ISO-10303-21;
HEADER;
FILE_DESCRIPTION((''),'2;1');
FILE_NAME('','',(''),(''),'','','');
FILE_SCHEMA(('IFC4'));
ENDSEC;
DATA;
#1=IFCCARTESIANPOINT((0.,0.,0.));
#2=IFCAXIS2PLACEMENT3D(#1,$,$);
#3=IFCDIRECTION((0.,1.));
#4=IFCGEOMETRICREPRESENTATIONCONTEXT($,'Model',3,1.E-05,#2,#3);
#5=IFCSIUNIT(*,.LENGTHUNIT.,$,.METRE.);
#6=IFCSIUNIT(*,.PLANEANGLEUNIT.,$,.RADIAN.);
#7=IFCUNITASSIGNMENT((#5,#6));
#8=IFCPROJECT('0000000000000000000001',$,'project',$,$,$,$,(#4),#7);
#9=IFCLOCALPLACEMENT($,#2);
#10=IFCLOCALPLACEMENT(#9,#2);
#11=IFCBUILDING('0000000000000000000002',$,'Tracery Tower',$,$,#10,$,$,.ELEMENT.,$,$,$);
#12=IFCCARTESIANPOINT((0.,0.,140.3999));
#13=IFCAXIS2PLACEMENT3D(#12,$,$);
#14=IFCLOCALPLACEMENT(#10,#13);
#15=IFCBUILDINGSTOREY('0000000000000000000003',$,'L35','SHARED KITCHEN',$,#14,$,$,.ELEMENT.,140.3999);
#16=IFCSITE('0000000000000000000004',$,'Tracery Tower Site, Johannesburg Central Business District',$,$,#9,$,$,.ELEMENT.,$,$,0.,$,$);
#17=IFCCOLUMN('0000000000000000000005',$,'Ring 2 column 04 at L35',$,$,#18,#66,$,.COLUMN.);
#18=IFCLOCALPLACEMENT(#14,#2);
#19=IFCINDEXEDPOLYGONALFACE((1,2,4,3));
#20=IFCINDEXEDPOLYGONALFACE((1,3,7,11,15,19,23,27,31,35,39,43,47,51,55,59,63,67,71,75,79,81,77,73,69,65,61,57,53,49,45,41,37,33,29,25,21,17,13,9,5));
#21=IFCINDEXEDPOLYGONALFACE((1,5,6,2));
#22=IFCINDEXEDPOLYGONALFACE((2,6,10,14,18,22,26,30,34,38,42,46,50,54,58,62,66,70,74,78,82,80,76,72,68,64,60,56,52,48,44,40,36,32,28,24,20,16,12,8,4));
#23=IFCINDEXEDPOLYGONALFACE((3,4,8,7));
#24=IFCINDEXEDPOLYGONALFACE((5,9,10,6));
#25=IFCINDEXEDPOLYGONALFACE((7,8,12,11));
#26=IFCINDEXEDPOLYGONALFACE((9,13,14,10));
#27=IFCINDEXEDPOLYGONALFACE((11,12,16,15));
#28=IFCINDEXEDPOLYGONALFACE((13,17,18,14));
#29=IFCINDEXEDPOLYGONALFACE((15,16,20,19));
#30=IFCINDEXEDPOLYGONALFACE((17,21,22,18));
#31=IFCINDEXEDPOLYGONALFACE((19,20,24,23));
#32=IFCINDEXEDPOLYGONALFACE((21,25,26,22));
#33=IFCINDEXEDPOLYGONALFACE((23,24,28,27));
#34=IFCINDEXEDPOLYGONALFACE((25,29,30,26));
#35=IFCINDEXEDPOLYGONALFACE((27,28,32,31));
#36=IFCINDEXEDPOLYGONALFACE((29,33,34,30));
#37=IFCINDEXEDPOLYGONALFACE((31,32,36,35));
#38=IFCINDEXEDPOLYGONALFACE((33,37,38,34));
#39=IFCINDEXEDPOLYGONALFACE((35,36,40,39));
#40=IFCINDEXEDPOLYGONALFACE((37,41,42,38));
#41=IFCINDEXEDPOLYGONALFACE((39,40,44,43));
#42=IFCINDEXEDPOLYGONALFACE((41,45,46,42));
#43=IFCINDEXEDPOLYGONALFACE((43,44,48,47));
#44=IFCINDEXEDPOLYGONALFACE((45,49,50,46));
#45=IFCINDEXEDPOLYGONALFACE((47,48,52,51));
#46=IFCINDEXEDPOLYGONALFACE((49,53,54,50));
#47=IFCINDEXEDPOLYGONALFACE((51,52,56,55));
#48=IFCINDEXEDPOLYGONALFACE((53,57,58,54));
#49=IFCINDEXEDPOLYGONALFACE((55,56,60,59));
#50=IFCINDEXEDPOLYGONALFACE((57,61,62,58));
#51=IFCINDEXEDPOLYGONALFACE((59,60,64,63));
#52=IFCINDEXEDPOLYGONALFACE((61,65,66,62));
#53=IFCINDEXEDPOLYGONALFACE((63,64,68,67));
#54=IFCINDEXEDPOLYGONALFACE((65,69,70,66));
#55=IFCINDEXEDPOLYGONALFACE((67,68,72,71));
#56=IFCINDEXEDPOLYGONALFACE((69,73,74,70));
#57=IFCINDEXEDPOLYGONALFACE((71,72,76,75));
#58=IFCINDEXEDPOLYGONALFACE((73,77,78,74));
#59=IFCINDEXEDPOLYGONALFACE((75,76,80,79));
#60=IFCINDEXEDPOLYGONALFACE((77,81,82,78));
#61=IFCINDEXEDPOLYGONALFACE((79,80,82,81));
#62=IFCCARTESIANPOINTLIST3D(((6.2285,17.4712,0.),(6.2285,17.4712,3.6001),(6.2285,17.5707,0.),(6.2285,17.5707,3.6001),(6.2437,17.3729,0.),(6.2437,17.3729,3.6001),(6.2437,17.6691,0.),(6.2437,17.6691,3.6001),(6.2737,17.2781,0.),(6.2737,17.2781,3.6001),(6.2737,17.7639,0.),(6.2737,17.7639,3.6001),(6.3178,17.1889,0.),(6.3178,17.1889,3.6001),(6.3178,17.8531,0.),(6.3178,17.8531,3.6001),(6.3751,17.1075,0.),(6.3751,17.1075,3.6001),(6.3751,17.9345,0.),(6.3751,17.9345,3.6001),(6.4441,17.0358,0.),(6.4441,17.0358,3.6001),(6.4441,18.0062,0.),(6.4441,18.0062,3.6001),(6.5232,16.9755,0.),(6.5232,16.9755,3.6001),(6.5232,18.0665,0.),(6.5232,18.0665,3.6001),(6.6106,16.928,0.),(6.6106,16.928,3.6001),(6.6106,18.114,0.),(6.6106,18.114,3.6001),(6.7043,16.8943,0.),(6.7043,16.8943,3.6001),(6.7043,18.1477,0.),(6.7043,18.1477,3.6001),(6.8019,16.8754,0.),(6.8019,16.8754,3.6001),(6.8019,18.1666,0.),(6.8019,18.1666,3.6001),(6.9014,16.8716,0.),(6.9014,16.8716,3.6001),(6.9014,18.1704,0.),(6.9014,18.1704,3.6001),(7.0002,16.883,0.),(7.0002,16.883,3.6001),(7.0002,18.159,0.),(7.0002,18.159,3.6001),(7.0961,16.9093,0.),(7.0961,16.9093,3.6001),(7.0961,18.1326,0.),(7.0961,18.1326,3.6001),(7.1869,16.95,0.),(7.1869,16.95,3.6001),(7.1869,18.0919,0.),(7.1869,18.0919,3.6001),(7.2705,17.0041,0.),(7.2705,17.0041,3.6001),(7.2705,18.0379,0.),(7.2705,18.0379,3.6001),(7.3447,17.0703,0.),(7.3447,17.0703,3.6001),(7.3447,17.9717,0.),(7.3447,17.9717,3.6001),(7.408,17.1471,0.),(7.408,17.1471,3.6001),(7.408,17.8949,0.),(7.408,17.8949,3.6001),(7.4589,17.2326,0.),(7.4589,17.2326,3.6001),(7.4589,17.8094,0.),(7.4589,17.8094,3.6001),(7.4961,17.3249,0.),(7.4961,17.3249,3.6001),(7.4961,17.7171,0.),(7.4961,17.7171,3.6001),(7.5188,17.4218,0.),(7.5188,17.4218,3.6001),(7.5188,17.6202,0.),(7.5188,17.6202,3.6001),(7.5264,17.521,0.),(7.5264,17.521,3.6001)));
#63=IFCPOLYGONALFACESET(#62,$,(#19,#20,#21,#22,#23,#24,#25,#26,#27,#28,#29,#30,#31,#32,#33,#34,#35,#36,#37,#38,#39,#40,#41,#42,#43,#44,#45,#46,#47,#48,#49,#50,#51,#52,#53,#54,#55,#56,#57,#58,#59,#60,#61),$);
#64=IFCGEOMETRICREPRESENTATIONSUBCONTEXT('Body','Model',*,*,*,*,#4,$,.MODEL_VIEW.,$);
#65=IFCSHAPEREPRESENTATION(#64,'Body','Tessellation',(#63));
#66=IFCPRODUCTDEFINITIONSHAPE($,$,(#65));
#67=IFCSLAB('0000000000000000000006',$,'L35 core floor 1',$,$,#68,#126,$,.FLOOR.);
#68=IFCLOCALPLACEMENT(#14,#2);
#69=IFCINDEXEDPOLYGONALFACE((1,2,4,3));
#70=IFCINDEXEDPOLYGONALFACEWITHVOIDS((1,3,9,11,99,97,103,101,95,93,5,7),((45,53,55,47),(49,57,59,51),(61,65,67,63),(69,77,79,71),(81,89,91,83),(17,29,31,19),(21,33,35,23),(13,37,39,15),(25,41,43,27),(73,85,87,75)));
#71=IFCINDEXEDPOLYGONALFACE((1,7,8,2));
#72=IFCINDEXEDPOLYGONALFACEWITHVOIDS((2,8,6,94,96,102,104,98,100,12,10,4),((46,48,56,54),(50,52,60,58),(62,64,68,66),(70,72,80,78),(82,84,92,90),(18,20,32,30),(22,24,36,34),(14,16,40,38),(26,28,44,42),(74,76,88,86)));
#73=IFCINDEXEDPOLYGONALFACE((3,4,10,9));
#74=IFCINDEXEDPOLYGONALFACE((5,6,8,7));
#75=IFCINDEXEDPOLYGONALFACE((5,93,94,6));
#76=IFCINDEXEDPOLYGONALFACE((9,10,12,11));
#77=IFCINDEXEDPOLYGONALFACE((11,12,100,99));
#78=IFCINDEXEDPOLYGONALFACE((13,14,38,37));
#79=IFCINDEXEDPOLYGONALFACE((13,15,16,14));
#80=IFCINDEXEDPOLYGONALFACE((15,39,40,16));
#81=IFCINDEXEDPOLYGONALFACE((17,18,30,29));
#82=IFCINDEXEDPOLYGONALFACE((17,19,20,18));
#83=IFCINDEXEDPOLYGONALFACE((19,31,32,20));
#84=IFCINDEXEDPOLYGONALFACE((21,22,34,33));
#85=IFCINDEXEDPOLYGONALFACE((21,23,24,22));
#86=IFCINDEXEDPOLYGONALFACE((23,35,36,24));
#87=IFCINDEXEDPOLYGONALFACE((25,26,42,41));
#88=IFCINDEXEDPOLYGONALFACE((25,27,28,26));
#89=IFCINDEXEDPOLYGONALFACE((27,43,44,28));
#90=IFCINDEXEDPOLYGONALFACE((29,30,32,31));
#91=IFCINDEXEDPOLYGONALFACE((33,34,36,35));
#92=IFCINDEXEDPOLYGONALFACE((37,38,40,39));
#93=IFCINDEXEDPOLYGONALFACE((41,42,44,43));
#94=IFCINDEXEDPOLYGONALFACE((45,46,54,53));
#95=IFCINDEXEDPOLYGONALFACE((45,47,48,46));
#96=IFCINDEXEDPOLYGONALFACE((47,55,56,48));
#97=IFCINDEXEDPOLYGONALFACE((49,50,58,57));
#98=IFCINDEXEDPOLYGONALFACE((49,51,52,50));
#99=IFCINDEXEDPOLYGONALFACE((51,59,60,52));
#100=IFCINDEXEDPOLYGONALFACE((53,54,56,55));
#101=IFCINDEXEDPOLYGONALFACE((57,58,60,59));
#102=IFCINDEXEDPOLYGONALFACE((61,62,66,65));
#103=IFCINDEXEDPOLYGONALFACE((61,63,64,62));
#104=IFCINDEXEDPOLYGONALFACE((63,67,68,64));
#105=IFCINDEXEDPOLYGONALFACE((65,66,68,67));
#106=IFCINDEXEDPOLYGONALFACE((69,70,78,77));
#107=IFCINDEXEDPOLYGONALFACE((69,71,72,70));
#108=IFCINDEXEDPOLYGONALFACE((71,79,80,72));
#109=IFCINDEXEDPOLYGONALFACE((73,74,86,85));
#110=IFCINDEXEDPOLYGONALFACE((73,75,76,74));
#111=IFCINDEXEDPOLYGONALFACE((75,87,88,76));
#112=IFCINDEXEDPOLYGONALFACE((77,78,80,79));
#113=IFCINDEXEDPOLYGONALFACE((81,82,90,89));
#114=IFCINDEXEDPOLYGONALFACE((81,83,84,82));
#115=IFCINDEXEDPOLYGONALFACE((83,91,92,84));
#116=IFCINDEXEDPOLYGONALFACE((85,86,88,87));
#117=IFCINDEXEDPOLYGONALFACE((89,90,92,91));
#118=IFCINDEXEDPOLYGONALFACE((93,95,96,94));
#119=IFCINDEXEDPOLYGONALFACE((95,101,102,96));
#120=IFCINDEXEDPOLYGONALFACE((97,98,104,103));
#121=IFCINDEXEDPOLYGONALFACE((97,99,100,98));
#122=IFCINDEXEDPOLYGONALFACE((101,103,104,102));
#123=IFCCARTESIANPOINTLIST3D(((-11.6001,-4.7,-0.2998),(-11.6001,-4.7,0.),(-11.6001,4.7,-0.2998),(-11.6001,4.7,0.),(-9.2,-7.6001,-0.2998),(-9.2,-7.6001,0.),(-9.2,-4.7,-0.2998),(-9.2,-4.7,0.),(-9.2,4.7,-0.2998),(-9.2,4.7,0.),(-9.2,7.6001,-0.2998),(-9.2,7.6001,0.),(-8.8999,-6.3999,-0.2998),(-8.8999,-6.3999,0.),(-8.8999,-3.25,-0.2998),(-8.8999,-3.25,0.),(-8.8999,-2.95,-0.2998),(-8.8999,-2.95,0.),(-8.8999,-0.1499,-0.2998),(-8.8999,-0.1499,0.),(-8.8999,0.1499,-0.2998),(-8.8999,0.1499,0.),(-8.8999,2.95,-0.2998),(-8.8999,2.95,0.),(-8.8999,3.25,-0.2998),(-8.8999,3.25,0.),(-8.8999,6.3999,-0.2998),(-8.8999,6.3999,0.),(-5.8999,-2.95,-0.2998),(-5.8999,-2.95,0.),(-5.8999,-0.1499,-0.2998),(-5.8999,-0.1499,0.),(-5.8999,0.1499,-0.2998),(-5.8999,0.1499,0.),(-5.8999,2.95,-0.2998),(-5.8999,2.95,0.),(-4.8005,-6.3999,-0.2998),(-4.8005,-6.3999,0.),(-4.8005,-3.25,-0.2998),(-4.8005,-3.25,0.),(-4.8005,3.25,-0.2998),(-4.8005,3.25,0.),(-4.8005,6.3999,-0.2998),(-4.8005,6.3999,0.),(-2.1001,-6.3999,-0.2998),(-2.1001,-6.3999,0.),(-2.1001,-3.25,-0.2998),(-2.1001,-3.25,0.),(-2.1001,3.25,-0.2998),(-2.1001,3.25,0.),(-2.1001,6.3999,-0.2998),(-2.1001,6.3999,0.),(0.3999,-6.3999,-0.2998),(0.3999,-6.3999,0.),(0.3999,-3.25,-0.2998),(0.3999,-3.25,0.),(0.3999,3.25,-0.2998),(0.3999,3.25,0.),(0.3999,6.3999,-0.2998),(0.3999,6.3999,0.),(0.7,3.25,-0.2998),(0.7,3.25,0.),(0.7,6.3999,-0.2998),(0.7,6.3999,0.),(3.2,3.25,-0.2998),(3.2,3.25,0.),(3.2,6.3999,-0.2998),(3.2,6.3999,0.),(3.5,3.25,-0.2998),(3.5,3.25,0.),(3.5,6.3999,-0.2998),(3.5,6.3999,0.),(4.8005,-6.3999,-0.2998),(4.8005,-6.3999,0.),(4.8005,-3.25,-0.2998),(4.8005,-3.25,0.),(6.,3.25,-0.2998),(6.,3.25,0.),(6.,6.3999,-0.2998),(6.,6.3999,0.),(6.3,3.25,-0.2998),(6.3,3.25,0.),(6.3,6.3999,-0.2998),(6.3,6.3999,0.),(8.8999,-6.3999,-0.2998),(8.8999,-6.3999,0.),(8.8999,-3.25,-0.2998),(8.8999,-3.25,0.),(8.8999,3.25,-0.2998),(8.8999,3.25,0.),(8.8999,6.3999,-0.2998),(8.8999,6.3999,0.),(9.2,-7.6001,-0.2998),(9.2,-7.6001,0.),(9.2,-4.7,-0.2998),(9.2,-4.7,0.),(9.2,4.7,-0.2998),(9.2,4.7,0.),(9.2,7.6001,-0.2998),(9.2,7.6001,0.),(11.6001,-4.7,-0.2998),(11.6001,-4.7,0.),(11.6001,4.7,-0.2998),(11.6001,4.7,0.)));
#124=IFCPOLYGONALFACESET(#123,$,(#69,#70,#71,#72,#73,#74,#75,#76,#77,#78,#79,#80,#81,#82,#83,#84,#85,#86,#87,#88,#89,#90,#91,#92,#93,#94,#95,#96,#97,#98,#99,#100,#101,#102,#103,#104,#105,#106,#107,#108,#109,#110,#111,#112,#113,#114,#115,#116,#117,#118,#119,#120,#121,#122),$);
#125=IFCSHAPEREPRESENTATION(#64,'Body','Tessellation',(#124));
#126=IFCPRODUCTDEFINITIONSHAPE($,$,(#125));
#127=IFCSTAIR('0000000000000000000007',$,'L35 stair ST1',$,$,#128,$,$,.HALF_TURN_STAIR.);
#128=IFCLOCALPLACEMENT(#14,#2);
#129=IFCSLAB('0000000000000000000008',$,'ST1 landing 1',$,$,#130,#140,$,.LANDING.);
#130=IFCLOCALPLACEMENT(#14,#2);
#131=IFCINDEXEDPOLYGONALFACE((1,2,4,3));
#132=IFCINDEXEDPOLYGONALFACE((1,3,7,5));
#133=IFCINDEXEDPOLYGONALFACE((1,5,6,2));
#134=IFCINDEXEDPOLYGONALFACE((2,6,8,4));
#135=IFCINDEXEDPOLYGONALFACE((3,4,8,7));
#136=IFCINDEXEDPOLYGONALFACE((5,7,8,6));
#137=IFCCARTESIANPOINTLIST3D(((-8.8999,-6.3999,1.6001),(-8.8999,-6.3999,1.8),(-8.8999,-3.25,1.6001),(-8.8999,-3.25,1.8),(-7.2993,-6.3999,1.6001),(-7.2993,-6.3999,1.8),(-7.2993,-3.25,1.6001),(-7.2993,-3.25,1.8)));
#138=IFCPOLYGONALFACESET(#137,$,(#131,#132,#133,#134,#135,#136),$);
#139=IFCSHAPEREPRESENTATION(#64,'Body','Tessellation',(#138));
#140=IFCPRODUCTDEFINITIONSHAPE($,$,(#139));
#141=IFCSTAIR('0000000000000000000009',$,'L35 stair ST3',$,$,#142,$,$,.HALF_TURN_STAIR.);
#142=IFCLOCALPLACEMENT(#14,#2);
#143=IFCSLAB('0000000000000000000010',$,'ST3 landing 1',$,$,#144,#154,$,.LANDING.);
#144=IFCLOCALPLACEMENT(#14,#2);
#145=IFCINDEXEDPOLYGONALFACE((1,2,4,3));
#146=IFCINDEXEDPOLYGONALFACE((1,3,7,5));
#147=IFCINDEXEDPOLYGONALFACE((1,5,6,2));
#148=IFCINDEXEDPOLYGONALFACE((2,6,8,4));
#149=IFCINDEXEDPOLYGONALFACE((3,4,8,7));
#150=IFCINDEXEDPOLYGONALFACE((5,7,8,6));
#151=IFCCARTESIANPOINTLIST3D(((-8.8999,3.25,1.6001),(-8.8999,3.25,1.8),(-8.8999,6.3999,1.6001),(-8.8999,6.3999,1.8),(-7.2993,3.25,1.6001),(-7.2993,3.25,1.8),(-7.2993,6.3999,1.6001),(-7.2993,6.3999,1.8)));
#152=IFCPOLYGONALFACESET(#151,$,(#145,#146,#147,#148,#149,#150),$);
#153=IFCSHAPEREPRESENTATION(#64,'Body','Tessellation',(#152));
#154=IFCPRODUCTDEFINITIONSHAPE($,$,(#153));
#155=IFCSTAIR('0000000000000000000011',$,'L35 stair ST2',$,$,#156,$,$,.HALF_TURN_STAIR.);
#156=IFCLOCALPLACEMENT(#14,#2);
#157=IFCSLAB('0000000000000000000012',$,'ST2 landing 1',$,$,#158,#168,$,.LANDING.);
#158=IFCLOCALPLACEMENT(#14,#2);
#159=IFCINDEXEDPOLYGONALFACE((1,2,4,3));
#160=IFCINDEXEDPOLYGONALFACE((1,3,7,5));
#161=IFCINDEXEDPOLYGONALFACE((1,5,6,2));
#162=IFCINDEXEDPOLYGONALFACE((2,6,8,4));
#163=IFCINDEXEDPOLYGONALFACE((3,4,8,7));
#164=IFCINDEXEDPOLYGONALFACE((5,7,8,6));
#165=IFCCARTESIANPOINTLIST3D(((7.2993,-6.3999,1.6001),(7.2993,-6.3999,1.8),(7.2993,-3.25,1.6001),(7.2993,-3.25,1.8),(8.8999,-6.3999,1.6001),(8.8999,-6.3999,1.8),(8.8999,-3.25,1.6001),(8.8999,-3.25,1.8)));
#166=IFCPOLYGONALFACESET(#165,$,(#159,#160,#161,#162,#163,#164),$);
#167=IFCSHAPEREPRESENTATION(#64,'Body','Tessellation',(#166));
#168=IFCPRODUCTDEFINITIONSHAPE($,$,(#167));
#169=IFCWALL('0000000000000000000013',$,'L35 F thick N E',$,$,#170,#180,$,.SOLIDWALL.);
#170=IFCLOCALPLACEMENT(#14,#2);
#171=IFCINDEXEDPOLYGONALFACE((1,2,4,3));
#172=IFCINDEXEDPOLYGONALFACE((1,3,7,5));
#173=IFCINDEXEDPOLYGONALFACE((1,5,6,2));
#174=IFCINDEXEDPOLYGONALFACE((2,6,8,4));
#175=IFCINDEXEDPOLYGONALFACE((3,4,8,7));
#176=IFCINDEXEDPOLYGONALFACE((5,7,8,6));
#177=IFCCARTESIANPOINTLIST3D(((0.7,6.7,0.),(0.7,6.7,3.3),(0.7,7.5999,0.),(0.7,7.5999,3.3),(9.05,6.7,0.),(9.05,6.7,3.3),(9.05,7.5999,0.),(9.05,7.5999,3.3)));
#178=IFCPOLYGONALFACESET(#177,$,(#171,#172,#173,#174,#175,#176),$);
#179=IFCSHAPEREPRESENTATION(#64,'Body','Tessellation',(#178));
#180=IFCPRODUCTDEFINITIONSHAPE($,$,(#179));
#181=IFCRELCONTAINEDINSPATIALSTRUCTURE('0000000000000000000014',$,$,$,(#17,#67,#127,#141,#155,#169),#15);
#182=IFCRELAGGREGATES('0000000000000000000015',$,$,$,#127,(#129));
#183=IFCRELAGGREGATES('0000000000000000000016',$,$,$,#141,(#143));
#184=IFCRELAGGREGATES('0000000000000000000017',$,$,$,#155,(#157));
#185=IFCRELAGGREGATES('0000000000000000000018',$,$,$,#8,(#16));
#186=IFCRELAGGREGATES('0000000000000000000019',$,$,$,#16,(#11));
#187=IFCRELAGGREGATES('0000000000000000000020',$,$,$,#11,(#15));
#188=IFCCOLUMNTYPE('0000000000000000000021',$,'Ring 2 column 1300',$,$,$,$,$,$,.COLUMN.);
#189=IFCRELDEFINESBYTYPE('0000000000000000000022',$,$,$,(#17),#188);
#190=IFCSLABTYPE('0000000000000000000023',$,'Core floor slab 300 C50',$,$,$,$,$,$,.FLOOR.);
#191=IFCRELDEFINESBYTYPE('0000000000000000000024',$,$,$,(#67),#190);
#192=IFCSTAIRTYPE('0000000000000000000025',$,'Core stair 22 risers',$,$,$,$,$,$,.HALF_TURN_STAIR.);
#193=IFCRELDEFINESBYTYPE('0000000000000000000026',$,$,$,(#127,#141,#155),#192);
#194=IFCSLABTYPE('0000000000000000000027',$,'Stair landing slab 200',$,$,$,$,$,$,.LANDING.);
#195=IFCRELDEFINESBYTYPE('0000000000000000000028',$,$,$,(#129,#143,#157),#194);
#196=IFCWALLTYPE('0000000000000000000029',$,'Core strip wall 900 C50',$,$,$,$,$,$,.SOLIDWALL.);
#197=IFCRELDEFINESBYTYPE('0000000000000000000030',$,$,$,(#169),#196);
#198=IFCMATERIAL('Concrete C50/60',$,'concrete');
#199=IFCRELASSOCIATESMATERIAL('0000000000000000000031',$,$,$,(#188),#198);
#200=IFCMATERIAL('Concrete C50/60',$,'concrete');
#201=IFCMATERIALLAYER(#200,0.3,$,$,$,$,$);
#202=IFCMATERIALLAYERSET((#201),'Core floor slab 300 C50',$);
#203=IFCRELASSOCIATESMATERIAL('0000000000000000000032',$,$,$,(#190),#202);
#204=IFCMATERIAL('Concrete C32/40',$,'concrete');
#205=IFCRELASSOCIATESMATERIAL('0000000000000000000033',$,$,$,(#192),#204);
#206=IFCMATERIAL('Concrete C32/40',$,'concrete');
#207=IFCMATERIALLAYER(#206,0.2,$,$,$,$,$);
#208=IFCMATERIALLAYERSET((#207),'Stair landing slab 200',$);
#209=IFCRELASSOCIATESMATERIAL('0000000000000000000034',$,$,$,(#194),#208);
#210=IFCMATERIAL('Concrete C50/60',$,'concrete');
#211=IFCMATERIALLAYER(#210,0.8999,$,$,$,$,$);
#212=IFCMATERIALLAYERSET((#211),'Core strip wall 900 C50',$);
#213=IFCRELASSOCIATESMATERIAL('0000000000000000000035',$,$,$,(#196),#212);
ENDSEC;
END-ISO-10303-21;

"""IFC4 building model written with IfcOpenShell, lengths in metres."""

from ifc_helpers import new_model, si_unit, direction, frame, frame_2d, origin, origin_2d, place, context, subcontext, project, spatial, polyline, rectangle, circle, outline, extrude, material, layer, layer_set, material_profile, profile_set, type_object, element, aggregate, save


model = new_model("IFC4")

# Units and contexts
model_context = context("Model", 3, precision=1e-05, world=origin(), true_north=direction((0.0, 1.0)))
body_context = subcontext(model_context, "Body", "Model", "MODEL_VIEW")
ifc_project = project(units=[si_unit("LENGTHUNIT", "METRE"), si_unit("PLANEANGLEUNIT", "RADIAN")], contexts=[model_context])

# Site, building, storey
site_placement = place(None, origin())
site = spatial("IfcSite", under=ifc_project, at=site_placement, Name="Tracery Tower Site, Johannesburg Central Business District", CompositionType="ELEMENT", RefElevation=0.0)
building_placement = place(site_placement, origin())
building = spatial("IfcBuilding", under=site, at=building_placement, Name="Tracery Tower", CompositionType="ELEMENT")
storey_placement = place(building_placement, frame((0.0, 0.0, 140.3999)))
storey = spatial("IfcBuildingStorey", under=building, at=storey_placement, Name="L35", Description="SHARED KITCHEN", CompositionType="ELEMENT", Elevation=140.3999)

# Column
ifc_material_1 = material(Name="Concrete C50/60", Category="concrete")
ifc_material_profile = material_profile(ifc_material_1, circle(Radius=0.6499, at=origin_2d()), Name="RC D1300")
ifc_profile_set = profile_set([ifc_material_profile], Name="Concrete C50/60")
column_type = type_object("IfcColumnType", Name="Ring 2 column 1300", PredefinedType="COLUMN", material=ifc_profile_set)
column_placement = place(storey_placement, frame((6.8765, 17.521, 0.0), z_axis=(0.0, 0.0, 1.0), x_axis=(1.0, 0.0, 0.0)))
element("IfcColumn", 1, at=column_placement, inside=storey, type_object=column_type, Name="Ring 2 column 04 at L35", PredefinedType="COLUMN", context=body_context, shape_type="SweptSolid", body=[
    extrude(circle(Radius=0.6499, at=origin_2d()), origin(), (0.0, 0.0, 1.0), 3.6001),
])

# Slab
ifc_material_2 = material(Name="Concrete C50/60", Category="concrete")
ifc_layer_1 = layer(ifc_material_2, 0.3)
ifc_layer_set_1 = layer_set([ifc_layer_1], Name="Core floor slab 300 C50")
slab_type_1 = type_object("IfcSlabType", Name="Core floor slab 300 C50", PredefinedType="FLOOR", material=ifc_layer_set_1)
slab_1_placement = place(storey_placement, frame((0.0, 0.0, -0.2998)))
element("IfcSlab", 2, at=slab_1_placement, inside=storey, type_object=slab_type_1, Name="L35 core floor 1", PredefinedType="FLOOR", context=body_context, shape_type="SweptSolid", body=[
    extrude(outline(polyline([(-9.2, 7.6001), (9.2, 7.6001), (9.2, 4.7), (11.6001, 4.7), (11.6001, -4.7), (9.2, -4.7), (9.2, -7.6001), (-9.2, -7.6001), (-9.2, -4.7), (-11.6001, -4.7), (-11.6001, 4.7), (-9.2, 4.7), (-9.2, 7.6001)]), holes=[polyline([(4.8005, -6.3999), (8.8999, -6.3999), (8.8999, -3.25), (4.8005, -3.25), (4.8005, -6.3999)]), polyline([(8.8999, 3.25), (8.8999, 6.3999), (6.3, 6.3999), (6.3, 3.25), (8.8999, 3.25)]), polyline([(6.0, 3.25), (6.0, 6.3999), (3.5, 6.3999), (3.5, 3.25), (6.0, 3.25)]), polyline([(3.2, 3.25), (3.2, 6.3999), (0.7, 6.3999), (0.7, 3.25), (3.2, 3.25)]), polyline([(-2.1001, 3.25), (0.3999, 3.25), (0.3999, 6.3999), (-2.1001, 6.3999), (-2.1001, 3.25)]), polyline([(0.3999, -6.3999), (0.3999, -3.25), (-2.1001, -3.25), (-2.1001, -6.3999), (0.3999, -6.3999)]), polyline([(-4.8005, -3.25), (-8.8999, -3.25), (-8.8999, -6.3999), (-4.8005, -6.3999), (-4.8005, -3.25)]), polyline([(-4.8005, 6.3999), (-8.8999, 6.3999), (-8.8999, 3.25), (-4.8005, 3.25), (-4.8005, 6.3999)]), polyline([(-5.8999, -2.95), (-5.8999, -0.1499), (-8.8999, -0.1499), (-8.8999, -2.95), (-5.8999, -2.95)]), polyline([(-5.8999, 0.1499), (-5.8999, 2.95), (-8.8999, 2.95), (-8.8999, 0.1499), (-5.8999, 0.1499)])]), origin(), (0.0, 0.0, 1.0), 0.2998),
])

# Stairs, slabs
ifc_material_3 = material(Name="Concrete C32/40", Category="concrete")
stair_type = type_object("IfcStairType", Name="Core stair 22 risers", PredefinedType="HALF_TURN_STAIR", material=ifc_material_3)
stair_1_placement = place(storey_placement, origin())
stair_1 = element("IfcStair", 3, at=stair_1_placement, inside=storey, type_object=stair_type, Name="L35 stair ST1", PredefinedType="HALF_TURN_STAIR")
ifc_material_4 = material(Name="Concrete C32/40", Category="concrete")
ifc_layer_2 = layer(ifc_material_4, 0.2)
ifc_layer_set_2 = layer_set([ifc_layer_2], Name="Stair landing slab 200")
slab_type_2 = type_object("IfcSlabType", Name="Stair landing slab 200", PredefinedType="LANDING", material=ifc_layer_set_2)
slab_2_placement = place(storey_placement, frame((0.0, 0.0, 1.6001)))
slab_2 = element("IfcSlab", 4, at=slab_2_placement, type_object=slab_type_2, Name="ST1 landing 1", PredefinedType="LANDING", context=body_context, shape_type="SweptSolid", body=[
    extrude(outline(polyline([(-7.2993, -3.25), (-8.8999, -3.25), (-8.8999, -6.3999), (-7.2993, -6.3999), (-7.2993, -3.25)])), origin(), (0.0, 0.0, 1.0), 0.2),
])
aggregate(stair_1, [slab_2])
stair_2_placement = place(storey_placement, origin())
stair_2 = element("IfcStair", 5, at=stair_2_placement, inside=storey, type_object=stair_type, Name="L35 stair ST3", PredefinedType="HALF_TURN_STAIR")
slab_3_placement = place(storey_placement, frame((0.0, 0.0, 1.6001)))
slab_3 = element("IfcSlab", 6, at=slab_3_placement, type_object=slab_type_2, Name="ST3 landing 1", PredefinedType="LANDING", context=body_context, shape_type="SweptSolid", body=[
    extrude(outline(polyline([(-7.2993, 6.3999), (-8.8999, 6.3999), (-8.8999, 3.25), (-7.2993, 3.25), (-7.2993, 6.3999)])), origin(), (0.0, 0.0, 1.0), 0.2),
])
aggregate(stair_2, [slab_3])
stair_3_placement = place(storey_placement, origin())
stair_3 = element("IfcStair", 7, at=stair_3_placement, inside=storey, type_object=stair_type, Name="L35 stair ST2", PredefinedType="HALF_TURN_STAIR")
slab_4_placement = place(storey_placement, frame((0.0, 0.0, 1.6001)))
slab_4 = element("IfcSlab", 8, at=slab_4_placement, type_object=slab_type_2, Name="ST2 landing 1", PredefinedType="LANDING", context=body_context, shape_type="SweptSolid", body=[
    extrude(outline(polyline([(7.2993, -6.3999), (8.8999, -6.3999), (8.8999, -3.25), (7.2993, -3.25), (7.2993, -6.3999)])), origin(), (0.0, 0.0, 1.0), 0.2),
])
aggregate(stair_3, [slab_4])

# Wall
ifc_material_5 = material(Name="Concrete C50/60", Category="concrete")
ifc_layer_3 = layer(ifc_material_5, 0.8999)
ifc_layer_set_3 = layer_set([ifc_layer_3], Name="Core strip wall 900 C50")
wall_type_1 = type_object("IfcWallType", Name="Core strip wall 900 C50", PredefinedType="SOLIDWALL", material=ifc_layer_set_3)
wall_1_placement = place(storey_placement, frame((0.7, 7.1499, 0.0), z_axis=(0.0, 0.0, 1.0), x_axis=(1.0, 0.0, 0.0)))
element("IfcWall", 9, at=wall_1_placement, inside=storey, type_object=wall_type_1, Name="L35 F thick N E", PredefinedType="SOLIDWALL", context=body_context, shape_type="SweptSolid", body=[
    extrude(rectangle(XDim=8.3501, YDim=0.8999, at=frame_2d((4.175, 0.0))), origin(), (0.0, 0.0, 1.0), 3.3),
])

save(model, "model.ifc")
